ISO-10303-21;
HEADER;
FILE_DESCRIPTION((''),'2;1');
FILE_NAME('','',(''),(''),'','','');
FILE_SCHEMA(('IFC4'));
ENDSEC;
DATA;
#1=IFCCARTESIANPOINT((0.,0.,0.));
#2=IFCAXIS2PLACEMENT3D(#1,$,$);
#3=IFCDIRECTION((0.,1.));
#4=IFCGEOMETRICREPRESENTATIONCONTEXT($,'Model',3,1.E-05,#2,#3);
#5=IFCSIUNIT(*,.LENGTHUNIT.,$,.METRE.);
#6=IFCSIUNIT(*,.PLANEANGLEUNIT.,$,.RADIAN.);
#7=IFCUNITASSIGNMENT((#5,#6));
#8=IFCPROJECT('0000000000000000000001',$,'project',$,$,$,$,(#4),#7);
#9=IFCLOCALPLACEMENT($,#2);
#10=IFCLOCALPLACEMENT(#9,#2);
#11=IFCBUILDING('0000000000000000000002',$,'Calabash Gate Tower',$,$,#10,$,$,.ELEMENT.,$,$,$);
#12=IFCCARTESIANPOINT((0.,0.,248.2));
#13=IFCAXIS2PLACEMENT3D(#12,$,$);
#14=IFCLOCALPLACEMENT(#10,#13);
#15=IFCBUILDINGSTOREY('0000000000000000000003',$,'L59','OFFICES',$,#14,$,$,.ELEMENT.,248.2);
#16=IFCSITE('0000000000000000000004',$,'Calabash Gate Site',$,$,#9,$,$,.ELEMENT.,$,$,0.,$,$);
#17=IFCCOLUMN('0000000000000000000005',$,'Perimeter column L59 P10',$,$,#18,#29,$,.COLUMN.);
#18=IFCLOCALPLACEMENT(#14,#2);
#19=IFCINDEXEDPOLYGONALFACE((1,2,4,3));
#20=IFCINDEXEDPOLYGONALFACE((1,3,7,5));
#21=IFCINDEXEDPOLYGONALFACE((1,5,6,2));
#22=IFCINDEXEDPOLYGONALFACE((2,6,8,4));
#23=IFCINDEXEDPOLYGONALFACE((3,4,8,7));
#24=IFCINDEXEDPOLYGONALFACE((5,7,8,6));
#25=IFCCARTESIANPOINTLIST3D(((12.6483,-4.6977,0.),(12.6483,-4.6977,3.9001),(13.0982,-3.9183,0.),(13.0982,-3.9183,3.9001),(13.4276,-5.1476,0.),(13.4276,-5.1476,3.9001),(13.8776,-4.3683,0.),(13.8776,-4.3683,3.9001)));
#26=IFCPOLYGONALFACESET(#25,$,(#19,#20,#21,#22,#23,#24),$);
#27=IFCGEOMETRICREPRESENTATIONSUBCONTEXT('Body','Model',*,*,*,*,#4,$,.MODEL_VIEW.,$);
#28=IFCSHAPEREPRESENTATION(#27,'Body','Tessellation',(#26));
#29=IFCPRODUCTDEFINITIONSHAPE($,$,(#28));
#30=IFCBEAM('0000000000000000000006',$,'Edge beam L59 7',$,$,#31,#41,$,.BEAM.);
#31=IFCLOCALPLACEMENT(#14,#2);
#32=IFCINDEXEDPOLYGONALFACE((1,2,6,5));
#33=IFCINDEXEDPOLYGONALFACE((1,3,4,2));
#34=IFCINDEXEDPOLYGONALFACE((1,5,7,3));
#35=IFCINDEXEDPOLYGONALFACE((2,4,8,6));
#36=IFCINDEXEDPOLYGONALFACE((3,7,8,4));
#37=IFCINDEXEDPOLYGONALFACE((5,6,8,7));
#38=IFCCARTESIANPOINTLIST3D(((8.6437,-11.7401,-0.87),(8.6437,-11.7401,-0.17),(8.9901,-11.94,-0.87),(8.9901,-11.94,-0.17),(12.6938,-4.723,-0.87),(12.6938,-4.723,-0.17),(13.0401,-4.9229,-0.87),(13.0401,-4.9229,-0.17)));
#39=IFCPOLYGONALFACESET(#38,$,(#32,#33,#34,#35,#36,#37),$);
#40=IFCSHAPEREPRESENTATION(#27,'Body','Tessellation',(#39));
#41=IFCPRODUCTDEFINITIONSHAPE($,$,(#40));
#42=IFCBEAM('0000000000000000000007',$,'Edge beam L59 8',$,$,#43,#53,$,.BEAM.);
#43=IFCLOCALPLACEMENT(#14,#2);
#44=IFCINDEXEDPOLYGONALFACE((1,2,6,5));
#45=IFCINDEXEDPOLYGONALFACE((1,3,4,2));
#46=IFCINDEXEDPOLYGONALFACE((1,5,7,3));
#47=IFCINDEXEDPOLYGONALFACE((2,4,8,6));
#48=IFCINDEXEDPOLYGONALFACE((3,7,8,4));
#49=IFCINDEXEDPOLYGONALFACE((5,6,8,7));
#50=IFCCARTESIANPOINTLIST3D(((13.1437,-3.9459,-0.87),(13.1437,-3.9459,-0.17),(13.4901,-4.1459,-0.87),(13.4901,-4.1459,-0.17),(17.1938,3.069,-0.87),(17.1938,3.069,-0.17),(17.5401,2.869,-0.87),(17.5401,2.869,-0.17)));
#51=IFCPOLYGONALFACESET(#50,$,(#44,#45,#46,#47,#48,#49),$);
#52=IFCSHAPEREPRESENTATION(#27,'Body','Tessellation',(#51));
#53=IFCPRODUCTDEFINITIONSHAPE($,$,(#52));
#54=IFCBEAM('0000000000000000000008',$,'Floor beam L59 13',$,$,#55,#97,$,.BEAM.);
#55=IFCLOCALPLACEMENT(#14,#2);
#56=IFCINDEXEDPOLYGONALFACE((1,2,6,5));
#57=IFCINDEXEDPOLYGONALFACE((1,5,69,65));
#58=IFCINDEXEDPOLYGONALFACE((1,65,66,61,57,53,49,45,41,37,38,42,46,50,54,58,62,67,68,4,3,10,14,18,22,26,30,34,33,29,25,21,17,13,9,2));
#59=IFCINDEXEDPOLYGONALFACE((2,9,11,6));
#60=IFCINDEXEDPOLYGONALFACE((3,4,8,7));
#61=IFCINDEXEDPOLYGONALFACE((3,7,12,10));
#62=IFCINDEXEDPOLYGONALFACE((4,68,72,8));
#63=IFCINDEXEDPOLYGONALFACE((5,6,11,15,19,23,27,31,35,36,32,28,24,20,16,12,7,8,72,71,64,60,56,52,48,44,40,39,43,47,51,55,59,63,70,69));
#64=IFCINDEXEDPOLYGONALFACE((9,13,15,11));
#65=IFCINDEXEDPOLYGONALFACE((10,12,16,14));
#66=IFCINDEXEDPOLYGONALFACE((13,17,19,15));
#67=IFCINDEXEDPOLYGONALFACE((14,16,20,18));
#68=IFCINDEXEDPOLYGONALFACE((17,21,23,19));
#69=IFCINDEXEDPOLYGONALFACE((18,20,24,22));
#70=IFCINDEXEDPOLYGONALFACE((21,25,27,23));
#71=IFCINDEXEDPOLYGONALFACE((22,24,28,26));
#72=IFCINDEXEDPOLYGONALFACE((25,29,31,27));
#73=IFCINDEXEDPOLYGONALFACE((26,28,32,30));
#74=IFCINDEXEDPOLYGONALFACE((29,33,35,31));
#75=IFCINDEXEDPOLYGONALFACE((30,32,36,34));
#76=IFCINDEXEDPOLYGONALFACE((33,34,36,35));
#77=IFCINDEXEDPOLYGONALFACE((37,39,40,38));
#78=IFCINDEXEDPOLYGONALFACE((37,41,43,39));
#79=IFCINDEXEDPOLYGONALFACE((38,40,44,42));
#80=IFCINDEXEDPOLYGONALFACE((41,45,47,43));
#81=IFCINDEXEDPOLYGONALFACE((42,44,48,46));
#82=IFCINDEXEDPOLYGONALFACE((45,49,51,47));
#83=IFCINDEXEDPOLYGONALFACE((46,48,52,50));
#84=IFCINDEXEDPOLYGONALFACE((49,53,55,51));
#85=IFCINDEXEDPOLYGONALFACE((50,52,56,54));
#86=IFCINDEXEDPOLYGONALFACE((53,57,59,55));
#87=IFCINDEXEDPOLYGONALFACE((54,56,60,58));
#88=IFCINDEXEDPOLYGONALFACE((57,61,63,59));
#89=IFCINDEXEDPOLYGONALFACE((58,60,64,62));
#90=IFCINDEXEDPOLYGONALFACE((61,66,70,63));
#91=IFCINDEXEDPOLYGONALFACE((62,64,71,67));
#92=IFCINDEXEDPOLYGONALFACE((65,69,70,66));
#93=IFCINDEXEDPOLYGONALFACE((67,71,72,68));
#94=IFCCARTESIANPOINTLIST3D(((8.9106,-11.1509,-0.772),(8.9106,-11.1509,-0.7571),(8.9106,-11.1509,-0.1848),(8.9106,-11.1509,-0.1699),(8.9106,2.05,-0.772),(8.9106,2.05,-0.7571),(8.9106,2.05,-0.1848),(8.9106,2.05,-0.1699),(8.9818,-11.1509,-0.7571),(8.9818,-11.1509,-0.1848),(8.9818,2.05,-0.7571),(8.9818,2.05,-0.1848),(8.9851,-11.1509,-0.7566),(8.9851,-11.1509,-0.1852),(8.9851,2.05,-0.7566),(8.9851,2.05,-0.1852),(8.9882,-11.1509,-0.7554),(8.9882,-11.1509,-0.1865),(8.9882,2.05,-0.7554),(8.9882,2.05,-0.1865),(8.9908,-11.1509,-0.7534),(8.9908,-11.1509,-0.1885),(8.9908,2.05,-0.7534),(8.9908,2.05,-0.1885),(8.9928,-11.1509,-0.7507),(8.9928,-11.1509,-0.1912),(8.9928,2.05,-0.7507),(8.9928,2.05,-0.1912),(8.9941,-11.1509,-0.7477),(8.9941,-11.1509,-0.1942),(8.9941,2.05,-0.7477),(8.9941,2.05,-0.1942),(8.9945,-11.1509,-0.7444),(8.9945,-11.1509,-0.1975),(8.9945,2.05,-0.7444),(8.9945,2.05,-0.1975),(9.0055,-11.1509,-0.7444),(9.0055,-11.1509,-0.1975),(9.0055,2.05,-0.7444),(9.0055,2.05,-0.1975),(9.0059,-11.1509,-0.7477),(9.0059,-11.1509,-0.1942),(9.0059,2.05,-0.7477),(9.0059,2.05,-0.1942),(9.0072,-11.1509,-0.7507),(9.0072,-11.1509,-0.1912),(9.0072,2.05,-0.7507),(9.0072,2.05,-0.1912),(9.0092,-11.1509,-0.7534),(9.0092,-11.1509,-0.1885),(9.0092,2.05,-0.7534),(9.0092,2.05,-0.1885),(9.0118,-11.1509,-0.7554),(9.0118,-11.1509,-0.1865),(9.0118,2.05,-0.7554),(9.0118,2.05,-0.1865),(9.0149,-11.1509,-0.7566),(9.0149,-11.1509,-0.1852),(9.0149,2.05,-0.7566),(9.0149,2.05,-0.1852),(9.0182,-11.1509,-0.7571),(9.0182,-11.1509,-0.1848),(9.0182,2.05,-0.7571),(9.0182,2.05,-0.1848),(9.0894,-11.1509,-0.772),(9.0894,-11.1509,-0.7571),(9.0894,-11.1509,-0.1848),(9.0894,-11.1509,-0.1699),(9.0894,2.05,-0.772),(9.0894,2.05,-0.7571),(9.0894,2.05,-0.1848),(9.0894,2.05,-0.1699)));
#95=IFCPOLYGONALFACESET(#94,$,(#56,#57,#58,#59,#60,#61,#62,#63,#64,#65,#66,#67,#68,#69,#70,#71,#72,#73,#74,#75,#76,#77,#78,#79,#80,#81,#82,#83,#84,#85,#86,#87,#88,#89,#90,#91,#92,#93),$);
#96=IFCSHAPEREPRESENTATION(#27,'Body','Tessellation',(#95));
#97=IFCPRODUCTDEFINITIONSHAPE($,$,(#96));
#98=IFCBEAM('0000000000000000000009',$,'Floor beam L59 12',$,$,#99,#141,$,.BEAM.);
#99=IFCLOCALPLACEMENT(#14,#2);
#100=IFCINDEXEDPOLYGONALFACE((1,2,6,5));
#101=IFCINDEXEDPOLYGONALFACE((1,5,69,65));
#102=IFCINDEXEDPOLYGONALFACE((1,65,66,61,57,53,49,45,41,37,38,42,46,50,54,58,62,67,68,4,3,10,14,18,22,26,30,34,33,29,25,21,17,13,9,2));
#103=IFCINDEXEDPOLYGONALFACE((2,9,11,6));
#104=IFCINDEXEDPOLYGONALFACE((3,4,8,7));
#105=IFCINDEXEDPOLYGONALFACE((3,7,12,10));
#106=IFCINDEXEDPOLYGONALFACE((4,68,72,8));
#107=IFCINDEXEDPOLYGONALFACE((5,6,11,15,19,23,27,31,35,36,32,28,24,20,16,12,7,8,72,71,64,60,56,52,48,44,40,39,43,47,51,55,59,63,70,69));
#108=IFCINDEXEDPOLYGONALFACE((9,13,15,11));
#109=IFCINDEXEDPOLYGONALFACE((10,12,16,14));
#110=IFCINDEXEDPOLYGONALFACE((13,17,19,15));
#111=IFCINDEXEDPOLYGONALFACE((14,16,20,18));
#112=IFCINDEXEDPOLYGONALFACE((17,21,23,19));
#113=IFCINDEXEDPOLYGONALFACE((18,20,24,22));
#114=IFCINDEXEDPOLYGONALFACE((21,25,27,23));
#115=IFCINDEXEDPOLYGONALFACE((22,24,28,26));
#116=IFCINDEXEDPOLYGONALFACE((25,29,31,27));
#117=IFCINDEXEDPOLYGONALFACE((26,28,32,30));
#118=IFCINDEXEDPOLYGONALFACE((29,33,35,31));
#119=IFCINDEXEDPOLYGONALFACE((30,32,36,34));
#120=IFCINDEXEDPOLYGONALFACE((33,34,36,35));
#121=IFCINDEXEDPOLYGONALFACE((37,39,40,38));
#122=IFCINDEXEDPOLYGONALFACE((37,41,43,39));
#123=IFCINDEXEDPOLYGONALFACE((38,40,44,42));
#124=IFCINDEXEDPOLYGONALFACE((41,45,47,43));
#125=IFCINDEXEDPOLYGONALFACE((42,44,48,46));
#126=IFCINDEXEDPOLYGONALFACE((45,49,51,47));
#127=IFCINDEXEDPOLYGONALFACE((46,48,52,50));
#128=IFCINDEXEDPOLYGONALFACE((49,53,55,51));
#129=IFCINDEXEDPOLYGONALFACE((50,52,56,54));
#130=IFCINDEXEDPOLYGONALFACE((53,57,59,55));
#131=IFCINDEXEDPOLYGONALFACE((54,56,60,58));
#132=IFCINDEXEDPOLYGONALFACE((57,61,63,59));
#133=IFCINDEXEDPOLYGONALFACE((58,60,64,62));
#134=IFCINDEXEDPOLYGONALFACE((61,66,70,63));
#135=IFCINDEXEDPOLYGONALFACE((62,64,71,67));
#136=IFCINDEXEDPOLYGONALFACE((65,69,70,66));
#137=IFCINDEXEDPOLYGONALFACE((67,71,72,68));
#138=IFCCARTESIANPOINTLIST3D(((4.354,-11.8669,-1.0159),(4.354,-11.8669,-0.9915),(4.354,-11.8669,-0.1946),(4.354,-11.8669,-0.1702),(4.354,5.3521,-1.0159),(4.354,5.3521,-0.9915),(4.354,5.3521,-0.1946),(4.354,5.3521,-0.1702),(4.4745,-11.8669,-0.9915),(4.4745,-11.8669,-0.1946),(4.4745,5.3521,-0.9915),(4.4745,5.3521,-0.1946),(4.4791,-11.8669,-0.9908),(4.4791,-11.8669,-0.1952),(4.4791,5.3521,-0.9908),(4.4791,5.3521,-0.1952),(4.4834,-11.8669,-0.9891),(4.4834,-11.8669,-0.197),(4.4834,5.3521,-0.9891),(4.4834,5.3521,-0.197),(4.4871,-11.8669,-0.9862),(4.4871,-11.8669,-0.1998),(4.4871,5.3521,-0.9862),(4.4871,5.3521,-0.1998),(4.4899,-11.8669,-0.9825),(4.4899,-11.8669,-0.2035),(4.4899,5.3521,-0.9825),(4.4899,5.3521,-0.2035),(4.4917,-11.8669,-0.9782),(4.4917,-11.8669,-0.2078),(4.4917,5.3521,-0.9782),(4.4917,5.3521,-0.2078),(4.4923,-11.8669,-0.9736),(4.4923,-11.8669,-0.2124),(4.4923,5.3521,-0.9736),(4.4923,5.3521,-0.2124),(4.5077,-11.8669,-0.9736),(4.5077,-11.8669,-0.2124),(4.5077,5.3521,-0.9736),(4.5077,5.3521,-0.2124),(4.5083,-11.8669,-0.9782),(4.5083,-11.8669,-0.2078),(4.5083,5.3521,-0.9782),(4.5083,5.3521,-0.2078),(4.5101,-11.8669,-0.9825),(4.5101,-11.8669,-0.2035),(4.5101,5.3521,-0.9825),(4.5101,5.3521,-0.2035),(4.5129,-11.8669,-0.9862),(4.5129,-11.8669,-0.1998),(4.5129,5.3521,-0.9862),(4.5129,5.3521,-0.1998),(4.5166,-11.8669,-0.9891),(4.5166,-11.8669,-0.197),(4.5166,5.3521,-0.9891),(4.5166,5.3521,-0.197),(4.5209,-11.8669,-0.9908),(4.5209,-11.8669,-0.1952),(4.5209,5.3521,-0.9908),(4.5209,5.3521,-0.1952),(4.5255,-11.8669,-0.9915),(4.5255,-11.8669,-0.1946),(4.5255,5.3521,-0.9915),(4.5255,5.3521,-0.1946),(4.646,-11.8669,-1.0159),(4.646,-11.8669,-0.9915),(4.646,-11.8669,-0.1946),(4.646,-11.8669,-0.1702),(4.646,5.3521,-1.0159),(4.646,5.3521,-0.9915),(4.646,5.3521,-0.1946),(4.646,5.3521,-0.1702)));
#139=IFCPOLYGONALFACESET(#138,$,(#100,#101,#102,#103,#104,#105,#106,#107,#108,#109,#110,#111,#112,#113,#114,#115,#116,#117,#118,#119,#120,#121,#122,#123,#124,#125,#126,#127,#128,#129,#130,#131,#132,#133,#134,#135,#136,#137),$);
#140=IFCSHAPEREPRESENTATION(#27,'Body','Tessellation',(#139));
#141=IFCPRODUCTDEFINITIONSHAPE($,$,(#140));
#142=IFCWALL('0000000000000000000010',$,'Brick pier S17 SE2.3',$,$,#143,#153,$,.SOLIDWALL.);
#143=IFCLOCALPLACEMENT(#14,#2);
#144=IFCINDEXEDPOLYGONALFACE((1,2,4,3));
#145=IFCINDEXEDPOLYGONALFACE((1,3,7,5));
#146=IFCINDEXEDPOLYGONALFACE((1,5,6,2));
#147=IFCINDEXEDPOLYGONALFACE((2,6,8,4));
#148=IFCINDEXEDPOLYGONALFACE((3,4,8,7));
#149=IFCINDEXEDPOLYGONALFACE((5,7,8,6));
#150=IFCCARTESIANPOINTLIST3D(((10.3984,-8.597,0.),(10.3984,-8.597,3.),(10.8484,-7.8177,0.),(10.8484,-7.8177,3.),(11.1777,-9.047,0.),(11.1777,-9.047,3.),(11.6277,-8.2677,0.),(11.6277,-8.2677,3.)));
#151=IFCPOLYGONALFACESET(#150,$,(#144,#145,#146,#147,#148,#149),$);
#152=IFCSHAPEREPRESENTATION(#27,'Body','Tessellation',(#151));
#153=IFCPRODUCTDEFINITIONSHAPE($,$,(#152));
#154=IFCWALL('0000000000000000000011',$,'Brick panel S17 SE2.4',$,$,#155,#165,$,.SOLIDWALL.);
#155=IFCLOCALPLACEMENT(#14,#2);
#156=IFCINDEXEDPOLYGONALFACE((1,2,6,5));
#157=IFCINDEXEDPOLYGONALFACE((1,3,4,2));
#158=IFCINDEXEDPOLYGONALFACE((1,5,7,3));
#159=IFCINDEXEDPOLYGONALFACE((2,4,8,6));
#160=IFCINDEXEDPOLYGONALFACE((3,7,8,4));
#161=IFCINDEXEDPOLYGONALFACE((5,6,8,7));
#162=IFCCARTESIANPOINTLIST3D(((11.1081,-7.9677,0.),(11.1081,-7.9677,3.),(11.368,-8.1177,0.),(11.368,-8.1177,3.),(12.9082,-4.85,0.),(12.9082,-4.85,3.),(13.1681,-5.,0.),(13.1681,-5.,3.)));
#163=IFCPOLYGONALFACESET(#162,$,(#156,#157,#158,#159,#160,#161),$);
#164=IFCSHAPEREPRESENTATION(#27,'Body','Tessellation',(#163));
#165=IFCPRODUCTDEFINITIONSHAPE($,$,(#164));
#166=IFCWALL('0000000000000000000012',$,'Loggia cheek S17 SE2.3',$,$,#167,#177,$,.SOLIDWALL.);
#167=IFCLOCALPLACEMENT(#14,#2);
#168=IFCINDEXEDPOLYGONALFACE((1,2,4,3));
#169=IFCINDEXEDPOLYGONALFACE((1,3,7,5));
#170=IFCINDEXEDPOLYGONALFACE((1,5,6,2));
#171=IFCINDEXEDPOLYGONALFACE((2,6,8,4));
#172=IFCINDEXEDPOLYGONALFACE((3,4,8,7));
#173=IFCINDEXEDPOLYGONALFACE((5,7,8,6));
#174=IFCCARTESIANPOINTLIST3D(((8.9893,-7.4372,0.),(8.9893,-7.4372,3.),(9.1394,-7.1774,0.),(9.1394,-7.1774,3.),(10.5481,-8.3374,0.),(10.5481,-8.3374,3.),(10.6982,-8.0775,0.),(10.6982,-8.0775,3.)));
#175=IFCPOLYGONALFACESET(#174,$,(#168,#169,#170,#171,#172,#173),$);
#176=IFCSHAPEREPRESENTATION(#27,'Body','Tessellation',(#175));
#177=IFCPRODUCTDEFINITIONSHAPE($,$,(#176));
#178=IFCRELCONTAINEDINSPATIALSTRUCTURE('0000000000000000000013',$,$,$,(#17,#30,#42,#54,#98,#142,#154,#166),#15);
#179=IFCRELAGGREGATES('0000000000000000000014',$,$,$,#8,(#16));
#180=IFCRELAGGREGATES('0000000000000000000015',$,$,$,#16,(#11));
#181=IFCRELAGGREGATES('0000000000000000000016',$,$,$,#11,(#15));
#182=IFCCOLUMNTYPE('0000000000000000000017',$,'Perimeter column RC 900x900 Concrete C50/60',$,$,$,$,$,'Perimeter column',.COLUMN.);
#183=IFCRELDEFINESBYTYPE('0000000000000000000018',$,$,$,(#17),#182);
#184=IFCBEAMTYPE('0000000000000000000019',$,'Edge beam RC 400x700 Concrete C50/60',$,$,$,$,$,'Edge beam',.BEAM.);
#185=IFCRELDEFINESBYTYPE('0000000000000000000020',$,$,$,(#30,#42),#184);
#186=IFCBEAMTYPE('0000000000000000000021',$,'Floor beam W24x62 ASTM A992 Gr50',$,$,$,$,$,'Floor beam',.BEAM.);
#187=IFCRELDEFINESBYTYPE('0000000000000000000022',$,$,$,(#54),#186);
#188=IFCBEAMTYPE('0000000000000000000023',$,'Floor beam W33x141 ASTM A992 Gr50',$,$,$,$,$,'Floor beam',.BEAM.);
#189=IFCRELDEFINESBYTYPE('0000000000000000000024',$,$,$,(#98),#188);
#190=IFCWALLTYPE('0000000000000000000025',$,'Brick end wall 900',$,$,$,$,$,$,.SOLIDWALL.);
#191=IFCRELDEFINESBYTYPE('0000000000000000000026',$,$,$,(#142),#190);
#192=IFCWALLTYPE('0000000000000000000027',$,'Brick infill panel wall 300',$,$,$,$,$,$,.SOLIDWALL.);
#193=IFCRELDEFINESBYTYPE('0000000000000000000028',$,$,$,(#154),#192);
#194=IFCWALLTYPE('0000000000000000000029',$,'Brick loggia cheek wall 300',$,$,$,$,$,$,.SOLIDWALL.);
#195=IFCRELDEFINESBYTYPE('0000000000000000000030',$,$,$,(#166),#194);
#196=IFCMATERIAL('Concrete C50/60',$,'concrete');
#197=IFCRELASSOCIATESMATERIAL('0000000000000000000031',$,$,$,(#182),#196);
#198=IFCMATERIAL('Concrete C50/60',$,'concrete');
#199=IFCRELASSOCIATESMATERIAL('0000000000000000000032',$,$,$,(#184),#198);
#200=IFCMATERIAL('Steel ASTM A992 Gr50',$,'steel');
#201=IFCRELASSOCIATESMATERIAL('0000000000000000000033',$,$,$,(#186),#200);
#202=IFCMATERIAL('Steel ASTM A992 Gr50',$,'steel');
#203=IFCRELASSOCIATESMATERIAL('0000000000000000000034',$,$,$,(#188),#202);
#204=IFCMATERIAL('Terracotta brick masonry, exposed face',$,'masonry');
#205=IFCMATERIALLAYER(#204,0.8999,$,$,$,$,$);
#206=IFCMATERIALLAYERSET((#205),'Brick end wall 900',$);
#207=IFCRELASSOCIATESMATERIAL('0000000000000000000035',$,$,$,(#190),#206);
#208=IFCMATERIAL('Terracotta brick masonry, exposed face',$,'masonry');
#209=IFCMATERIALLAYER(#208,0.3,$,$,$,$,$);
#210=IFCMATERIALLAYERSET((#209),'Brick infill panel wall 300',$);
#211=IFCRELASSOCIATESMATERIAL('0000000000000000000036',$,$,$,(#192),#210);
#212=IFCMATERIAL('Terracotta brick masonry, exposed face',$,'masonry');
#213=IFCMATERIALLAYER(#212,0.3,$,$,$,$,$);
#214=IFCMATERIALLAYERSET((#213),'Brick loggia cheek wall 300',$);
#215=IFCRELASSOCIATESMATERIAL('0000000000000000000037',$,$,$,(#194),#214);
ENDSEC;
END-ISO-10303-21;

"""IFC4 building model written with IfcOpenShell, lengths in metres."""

from ifc_helpers import new_model, si_unit, direction, frame, frame_2d, origin, origin_2d, place, context, subcontext, project, spatial, rectangle, i_section, extrude, material, layer, layer_set, material_profile, profile_set, type_object, element, save


model = new_model("IFC4")

# Units and contexts
model_context = context("Model", 3, precision=1e-05, world=origin(), true_north=direction((0.0, 1.0)))
body_context = subcontext(model_context, "Body", "Model", "MODEL_VIEW")
ifc_project = project(units=[si_unit("LENGTHUNIT", "METRE"), si_unit("PLANEANGLEUNIT", "RADIAN")], contexts=[model_context])

# Site, building, storey
site_placement = place(None, origin())
site = spatial("IfcSite", under=ifc_project, at=site_placement, Name="Calabash Gate Site", CompositionType="ELEMENT", RefElevation=0.0)
building_placement = place(site_placement, origin())
building = spatial("IfcBuilding", under=site, at=building_placement, Name="Calabash Gate Tower", CompositionType="ELEMENT")
storey_placement = place(building_placement, frame((0.0, 0.0, 248.2)))
storey = spatial("IfcBuildingStorey", under=building, at=storey_placement, Name="L59", Description="OFFICES", CompositionType="ELEMENT", Elevation=248.2)

# Column
ifc_material_1 = material(Name="Concrete C50/60", Category="concrete")
ifc_material_profile_1 = material_profile(ifc_material_1, rectangle(XDim=0.8999, YDim=0.8999, at=origin_2d()))
ifc_profile_set_1 = profile_set([ifc_material_profile_1], Name="Concrete C50/60")
column_type = type_object("IfcColumnType", Name="Perimeter column RC 900x900 Concrete C50/60", ElementType="Perimeter column", PredefinedType="COLUMN", material=ifc_profile_set_1)
column_placement = place(storey_placement, frame((13.2629, -4.533, 0.0), z_axis=(0.0, 0.0, 1.0), x_axis=(0.5, 0.866025, 0.0)))
element("IfcColumn", 1, at=column_placement, inside=storey, type_object=column_type, Name="Perimeter column L59 P10", PredefinedType="COLUMN", context=body_context, shape_type="SweptSolid", body=[
    extrude(rectangle(XDim=0.8999, YDim=0.8999, at=origin_2d()), origin(), (0.0, 0.0, 1.0), 3.9001),
])

# Beams
ifc_material_2 = material(Name="Concrete C50/60", Category="concrete")
ifc_material_profile_2 = material_profile(ifc_material_2, rectangle(XDim=0.3999, YDim=0.7, at=origin_2d()))
ifc_profile_set_2 = profile_set([ifc_material_profile_2], Name="Concrete C50/60")
beam_type_1 = type_object("IfcBeamType", Name="Edge beam RC 400x700 Concrete C50/60", ElementType="Edge beam", PredefinedType="BEAM", material=ifc_profile_set_2)
beam_1_placement = place(storey_placement, frame((8.8169, -11.8401, -0.52), z_axis=(0.499882, 0.866093, 0.0), x_axis=(-0.866093, 0.499882, 0.0)))
element("IfcBeam", 2, at=beam_1_placement, inside=storey, type_object=beam_type_1, Name="Edge beam L59 7", PredefinedType="BEAM", context=body_context, shape_type="SweptSolid", body=[
    extrude(rectangle(XDim=0.3999, YDim=0.7, at=origin_2d()), origin(), (0.0, 0.0, 1.0), 8.1021),
])
beam_2_placement = place(storey_placement, frame((13.3169, -4.0459, -0.52), z_axis=(0.5, 0.866025, 0.0), x_axis=(-0.866025, 0.5, 0.0)))
element("IfcBeam", 3, at=beam_2_placement, inside=storey, type_object=beam_type_1, Name="Edge beam L59 8", PredefinedType="BEAM", context=body_context, shape_type="SweptSolid", body=[
    extrude(rectangle(XDim=0.3999, YDim=0.7, at=origin_2d()), origin(), (0.0, 0.0, 1.0), 8.1001),
])
ifc_material_3 = material(Name="Steel ASTM A992 Gr50", Category="steel")
ifc_material_profile_3 = material_profile(ifc_material_3, i_section(OverallWidth=0.1787, OverallDepth=0.6021, WebThickness=0.011, FlangeThickness=0.0149, FilletRadius=0.0127, at=origin_2d()))
ifc_profile_set_3 = profile_set([ifc_material_profile_3], Name="Steel ASTM A992 Gr50")
beam_type_2 = type_object("IfcBeamType", Name="Floor beam W24x62 ASTM A992 Gr50", ElementType="Floor beam", PredefinedType="BEAM", material=ifc_profile_set_3)
beam_3_placement = place(storey_placement, frame((9.0, -11.1509, -0.4709), z_axis=(0.0, 1.0, 0.0), x_axis=(-1.0, 0.0, 0.0)))
element("IfcBeam", 4, at=beam_3_placement, inside=storey, type_object=beam_type_2, Name="Floor beam L59 13", PredefinedType="BEAM", context=body_context, shape_type="SweptSolid", body=[
    extrude(i_section(OverallWidth=0.1787, OverallDepth=0.6021, WebThickness=0.011, FlangeThickness=0.0149, FilletRadius=0.0127, at=origin_2d()), origin(), (0.0, 0.0, 1.0), 13.2009),
])
ifc_material_4 = material(Name="Steel ASTM A992 Gr50", Category="steel")
ifc_material_profile_4 = material_profile(ifc_material_4, i_section(OverallWidth=0.292, OverallDepth=0.8457, WebThickness=0.0154, FlangeThickness=0.0244, FilletRadius=0.0178, at=origin_2d()))
ifc_profile_set_4 = profile_set([ifc_material_profile_4], Name="Steel ASTM A992 Gr50")
beam_type_3 = type_object("IfcBeamType", Name="Floor beam W33x141 ASTM A992 Gr50", ElementType="Floor beam", PredefinedType="BEAM", material=ifc_profile_set_4)
beam_4_placement = place(storey_placement, frame((4.5, -11.8669, -0.593), z_axis=(0.0, 1.0, 0.0), x_axis=(-1.0, 0.0, 0.0)))
element("IfcBeam", 5, at=beam_4_placement, inside=storey, type_object=beam_type_3, Name="Floor beam L59 12", PredefinedType="BEAM", context=body_context, shape_type="SweptSolid", body=[
    extrude(i_section(OverallWidth=0.292, OverallDepth=0.8457, WebThickness=0.0154, FlangeThickness=0.0244, FilletRadius=0.0178, at=origin_2d()), origin(), (0.0, 0.0, 1.0), 17.219),
])

# Walls
ifc_material_5 = material(Name="Terracotta brick masonry, exposed face", Category="masonry")
ifc_layer_1 = layer(ifc_material_5, 0.8999)
ifc_layer_set_1 = layer_set([ifc_layer_1], Name="Brick end wall 900")
wall_type_1 = type_object("IfcWallType", Name="Brick end wall 900", PredefinedType="SOLIDWALL", material=ifc_layer_set_1)
wall_1_placement = place(storey_placement, frame((10.7881, -8.822, 0.0), z_axis=(0.0, 0.0, 1.0), x_axis=(0.50002, 0.866014, 0.0)))
element("IfcWall", 6, at=wall_1_placement, inside=storey, type_object=wall_type_1, Name="Brick pier S17 SE2.3", PredefinedType="SOLIDWALL", context=body_context, shape_type="SweptSolid", body=[
    extrude(rectangle(XDim=0.8999, YDim=0.8999, at=frame_2d((0.45, 0.0))), origin(), (0.0, 0.0, 1.0), 3.0),
])
ifc_material_6 = material(Name="Terracotta brick masonry, exposed face", Category="masonry")
ifc_layer_2 = layer(ifc_material_6, 0.3)
ifc_layer_set_2 = layer_set([ifc_layer_2], Name="Brick infill panel wall 300")
wall_type_2 = type_object("IfcWallType", Name="Brick infill panel wall 300", PredefinedType="SOLIDWALL", material=ifc_layer_set_2)
wall_2_placement = place(storey_placement, frame((11.238, -8.0427, 0.0), z_axis=(0.0, 0.0, 1.0), x_axis=(0.500012, 0.866018, 0.0)))
element("IfcWall", 7, at=wall_2_placement, inside=storey, type_object=wall_type_2, Name="Brick panel S17 SE2.4", PredefinedType="SOLIDWALL", context=body_context, shape_type="SweptSolid", body=[
    extrude(rectangle(XDim=3.6001, YDim=0.3, at=frame_2d((1.8, 0.0))), origin(), (0.0, 0.0, 1.0), 3.0),
])
ifc_material_7 = material(Name="Terracotta brick masonry, exposed face", Category="masonry")
ifc_layer_3 = layer(ifc_material_7, 0.3)
ifc_layer_set_3 = layer_set([ifc_layer_3], Name="Brick loggia cheek wall 300")
wall_type_3 = type_object("IfcWallType", Name="Brick loggia cheek wall 300", PredefinedType="SOLIDWALL", material=ifc_layer_set_3)
wall_3_placement = place(storey_placement, frame((9.0645, -7.3074, 0.0), z_axis=(0.0, 0.0, 1.0), x_axis=(0.865989, -0.500063, 0.0)))
element("IfcWall", 8, at=wall_3_placement, inside=storey, type_object=wall_type_3, Name="Loggia cheek S17 SE2.3", PredefinedType="SOLIDWALL", context=body_context, shape_type="SweptSolid", body=[
    extrude(rectangle(XDim=1.8, YDim=0.3, at=frame_2d((0.8999, 0.0))), origin(), (0.0, 0.0, 1.0), 3.0),
])

save(model, "model.ifc")
